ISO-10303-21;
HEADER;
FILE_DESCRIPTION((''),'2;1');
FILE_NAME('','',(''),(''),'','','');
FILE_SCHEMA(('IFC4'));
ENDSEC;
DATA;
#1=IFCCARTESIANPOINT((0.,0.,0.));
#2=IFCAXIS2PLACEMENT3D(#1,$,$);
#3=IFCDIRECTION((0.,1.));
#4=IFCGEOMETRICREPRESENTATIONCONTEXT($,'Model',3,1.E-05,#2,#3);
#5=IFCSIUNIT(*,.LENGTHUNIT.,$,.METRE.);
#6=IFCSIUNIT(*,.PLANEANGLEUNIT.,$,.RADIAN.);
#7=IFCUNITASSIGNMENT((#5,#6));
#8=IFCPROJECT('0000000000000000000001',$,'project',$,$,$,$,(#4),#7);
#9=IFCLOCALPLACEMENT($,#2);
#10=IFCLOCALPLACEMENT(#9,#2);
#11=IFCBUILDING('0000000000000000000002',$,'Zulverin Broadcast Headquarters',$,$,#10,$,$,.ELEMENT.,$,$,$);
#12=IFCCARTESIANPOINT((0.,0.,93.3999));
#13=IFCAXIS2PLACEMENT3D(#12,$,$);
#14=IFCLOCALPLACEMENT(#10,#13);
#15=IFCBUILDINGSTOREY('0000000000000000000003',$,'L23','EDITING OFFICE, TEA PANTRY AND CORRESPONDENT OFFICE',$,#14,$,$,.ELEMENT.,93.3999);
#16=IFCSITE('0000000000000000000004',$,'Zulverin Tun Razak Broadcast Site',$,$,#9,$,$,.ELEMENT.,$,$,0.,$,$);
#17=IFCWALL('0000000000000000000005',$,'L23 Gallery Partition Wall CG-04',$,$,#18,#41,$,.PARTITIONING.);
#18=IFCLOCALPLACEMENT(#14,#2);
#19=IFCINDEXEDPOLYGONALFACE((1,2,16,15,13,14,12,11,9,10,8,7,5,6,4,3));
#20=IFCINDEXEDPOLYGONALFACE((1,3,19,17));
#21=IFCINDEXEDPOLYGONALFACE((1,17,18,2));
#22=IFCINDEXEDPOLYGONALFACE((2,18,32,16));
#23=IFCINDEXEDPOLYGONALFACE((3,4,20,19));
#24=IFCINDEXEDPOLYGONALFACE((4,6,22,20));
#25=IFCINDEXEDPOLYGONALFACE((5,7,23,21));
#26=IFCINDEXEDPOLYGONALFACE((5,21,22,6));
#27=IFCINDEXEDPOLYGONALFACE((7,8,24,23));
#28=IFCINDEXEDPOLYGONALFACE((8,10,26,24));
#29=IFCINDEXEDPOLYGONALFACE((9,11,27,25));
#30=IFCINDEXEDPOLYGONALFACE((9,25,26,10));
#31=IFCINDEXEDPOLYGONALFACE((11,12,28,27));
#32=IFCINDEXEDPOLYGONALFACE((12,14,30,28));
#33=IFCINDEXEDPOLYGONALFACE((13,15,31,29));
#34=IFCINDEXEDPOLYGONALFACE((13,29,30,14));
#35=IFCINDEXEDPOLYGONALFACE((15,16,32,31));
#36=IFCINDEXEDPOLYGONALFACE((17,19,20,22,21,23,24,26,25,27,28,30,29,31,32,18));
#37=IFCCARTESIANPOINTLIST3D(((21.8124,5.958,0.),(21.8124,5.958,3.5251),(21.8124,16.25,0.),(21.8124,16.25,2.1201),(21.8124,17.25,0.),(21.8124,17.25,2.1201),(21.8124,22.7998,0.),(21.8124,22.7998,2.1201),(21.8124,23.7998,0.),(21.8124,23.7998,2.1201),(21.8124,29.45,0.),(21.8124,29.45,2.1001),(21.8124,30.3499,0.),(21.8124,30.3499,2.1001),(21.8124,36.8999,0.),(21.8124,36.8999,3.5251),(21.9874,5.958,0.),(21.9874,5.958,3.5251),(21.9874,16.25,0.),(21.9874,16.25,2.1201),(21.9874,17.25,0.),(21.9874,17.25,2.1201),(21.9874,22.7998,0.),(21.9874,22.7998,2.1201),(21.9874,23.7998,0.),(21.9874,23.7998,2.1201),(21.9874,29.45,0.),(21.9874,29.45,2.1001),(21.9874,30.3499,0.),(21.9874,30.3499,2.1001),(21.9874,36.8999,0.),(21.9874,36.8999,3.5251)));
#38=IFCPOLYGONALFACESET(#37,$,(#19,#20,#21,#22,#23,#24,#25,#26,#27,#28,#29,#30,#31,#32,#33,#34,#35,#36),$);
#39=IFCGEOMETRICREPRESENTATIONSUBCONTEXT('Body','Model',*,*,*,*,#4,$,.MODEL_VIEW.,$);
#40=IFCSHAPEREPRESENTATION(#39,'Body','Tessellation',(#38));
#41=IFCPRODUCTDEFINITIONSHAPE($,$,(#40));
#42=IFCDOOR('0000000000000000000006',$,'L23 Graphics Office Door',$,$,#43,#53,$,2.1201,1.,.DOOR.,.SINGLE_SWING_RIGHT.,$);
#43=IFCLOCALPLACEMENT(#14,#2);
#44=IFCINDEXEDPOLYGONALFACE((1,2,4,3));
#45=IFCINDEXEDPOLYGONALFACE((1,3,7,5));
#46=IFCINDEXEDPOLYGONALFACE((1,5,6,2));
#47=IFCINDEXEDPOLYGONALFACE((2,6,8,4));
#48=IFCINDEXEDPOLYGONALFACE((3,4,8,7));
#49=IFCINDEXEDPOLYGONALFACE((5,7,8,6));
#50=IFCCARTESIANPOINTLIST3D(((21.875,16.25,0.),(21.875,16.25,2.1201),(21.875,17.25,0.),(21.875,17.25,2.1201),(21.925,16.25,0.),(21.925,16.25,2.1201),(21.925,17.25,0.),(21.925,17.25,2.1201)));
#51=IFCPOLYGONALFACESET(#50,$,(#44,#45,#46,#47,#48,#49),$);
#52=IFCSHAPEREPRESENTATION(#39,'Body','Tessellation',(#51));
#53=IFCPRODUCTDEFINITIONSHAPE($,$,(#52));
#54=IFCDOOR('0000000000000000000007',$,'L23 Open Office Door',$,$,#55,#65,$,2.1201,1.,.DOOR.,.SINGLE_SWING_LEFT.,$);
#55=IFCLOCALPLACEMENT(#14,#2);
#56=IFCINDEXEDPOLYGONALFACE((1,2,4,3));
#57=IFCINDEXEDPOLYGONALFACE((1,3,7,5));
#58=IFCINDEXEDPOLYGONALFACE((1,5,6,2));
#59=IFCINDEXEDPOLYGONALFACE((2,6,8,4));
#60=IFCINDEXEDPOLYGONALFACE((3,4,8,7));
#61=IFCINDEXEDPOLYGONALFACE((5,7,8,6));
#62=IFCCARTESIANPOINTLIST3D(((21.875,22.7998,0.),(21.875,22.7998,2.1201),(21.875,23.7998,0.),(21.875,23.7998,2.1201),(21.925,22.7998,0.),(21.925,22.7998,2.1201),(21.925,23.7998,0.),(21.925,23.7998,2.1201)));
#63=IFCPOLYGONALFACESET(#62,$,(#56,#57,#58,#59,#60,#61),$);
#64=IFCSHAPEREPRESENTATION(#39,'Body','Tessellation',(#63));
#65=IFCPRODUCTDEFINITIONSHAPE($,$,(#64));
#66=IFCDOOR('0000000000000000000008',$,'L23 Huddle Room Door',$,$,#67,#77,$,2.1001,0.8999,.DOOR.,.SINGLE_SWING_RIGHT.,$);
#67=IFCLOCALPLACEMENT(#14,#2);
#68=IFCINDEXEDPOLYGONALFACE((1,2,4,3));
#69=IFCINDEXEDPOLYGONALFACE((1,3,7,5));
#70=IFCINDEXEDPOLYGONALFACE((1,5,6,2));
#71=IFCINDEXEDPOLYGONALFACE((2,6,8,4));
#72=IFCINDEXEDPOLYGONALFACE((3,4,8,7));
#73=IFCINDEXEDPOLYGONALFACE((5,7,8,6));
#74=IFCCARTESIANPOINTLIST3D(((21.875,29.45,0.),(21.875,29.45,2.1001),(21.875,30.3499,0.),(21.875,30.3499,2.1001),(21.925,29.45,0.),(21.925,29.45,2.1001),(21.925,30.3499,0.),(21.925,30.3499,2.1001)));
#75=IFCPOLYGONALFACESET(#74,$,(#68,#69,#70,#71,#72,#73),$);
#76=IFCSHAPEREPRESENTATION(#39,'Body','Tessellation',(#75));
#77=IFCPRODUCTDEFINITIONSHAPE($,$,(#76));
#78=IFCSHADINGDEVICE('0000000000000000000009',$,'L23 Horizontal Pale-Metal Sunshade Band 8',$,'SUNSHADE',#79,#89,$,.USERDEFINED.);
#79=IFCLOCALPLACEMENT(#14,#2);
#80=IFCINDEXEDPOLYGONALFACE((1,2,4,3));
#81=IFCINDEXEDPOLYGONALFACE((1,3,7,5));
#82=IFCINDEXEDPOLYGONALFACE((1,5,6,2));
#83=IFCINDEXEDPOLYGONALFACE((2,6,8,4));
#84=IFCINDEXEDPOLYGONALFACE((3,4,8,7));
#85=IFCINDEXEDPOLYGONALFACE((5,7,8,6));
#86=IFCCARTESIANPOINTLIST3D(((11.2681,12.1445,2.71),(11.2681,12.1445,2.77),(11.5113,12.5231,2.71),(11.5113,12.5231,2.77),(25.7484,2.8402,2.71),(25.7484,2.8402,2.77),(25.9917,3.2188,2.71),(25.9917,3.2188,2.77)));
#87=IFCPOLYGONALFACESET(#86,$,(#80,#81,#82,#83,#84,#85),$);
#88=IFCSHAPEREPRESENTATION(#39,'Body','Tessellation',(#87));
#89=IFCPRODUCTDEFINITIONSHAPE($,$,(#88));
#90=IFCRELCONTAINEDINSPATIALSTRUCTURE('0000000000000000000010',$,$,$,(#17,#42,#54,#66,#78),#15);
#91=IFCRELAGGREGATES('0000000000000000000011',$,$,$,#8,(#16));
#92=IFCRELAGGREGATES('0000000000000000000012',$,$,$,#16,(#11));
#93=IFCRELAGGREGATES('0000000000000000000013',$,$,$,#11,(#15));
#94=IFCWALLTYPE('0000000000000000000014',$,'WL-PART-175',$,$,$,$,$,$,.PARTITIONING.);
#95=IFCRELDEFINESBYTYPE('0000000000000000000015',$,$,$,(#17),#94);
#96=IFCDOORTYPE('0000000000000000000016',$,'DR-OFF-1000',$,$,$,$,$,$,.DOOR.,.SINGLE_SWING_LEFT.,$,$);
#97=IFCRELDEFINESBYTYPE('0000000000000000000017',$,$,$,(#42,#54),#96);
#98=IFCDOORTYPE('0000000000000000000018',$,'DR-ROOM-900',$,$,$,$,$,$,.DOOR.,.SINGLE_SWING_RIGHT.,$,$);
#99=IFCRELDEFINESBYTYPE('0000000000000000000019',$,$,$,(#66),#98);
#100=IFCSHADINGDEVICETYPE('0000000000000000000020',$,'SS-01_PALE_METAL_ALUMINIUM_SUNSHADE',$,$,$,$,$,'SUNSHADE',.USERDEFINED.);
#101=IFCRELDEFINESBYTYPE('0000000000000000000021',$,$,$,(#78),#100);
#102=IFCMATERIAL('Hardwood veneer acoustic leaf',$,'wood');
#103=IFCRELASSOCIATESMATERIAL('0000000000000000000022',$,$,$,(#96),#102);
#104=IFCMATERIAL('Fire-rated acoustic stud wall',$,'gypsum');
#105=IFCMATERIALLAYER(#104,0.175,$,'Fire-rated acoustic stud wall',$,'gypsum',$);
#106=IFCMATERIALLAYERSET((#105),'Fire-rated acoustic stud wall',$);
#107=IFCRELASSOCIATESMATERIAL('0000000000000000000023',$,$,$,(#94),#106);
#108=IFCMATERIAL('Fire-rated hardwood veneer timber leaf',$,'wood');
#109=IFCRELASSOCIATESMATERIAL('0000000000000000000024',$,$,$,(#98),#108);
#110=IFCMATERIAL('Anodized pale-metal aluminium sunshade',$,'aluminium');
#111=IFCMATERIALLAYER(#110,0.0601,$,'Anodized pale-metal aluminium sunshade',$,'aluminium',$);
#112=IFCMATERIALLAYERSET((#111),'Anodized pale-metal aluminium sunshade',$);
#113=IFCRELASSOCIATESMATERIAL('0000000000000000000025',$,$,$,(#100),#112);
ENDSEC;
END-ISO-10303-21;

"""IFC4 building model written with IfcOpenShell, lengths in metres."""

from ifc_helpers import new_model, si_unit, direction, frame, frame_2d, origin, origin_2d, place, context, subcontext, project, spatial, rectangle, extrude, material, layer, layer_set, type_object, element, fill, save


model = new_model("IFC4")

# Units and contexts
model_context = context("Model", 3, precision=1e-05, world=origin(), true_north=direction((0.0, 1.0)))
body_context = subcontext(model_context, "Body", "Model", "MODEL_VIEW")
ifc_project = project(units=[si_unit("LENGTHUNIT", "METRE"), si_unit("PLANEANGLEUNIT", "RADIAN")], contexts=[model_context])

# Site, building, storey
site_placement = place(None, origin())
site = spatial("IfcSite", under=ifc_project, at=site_placement, Name="Zulverin Tun Razak Broadcast Site", CompositionType="ELEMENT", RefElevation=0.0)
building_placement = place(site_placement, origin())
building = spatial("IfcBuilding", under=site, at=building_placement, Name="Zulverin Broadcast Headquarters", CompositionType="ELEMENT")
storey_placement = place(building_placement, frame((0.0, 0.0, 93.3999)))
storey = spatial("IfcBuildingStorey", under=building, at=storey_placement, Name="L23", Description="EDITING OFFICE, TEA PANTRY AND CORRESPONDENT OFFICE", CompositionType="ELEMENT", Elevation=93.3999)

# Shared definitions
ifc_material_1 = material(Name="Hardwood veneer acoustic leaf", Category="wood")
door_type_1 = type_object("IfcDoorType", Name="DR-OFF-1000", OperationType="SINGLE_SWING_LEFT", PredefinedType="DOOR", material=ifc_material_1)

# Wall, openings, doors
ifc_material_2 = material(Name="Fire-rated acoustic stud wall", Category="gypsum")
ifc_layer_1 = layer(ifc_material_2, 0.175, Name="Fire-rated acoustic stud wall", Category="gypsum")
ifc_layer_set_1 = layer_set([ifc_layer_1], Name="Fire-rated acoustic stud wall")
wall_type_1 = type_object("IfcWallType", Name="WL-PART-175", PredefinedType="PARTITIONING", material=ifc_layer_set_1)
wall_1_placement = place(storey_placement, frame((21.8999, 5.958, 0.0), z_axis=(0.0, 0.0, 1.0), x_axis=(0.0, 1.0, 0.0)))
wall_1 = element("IfcWall", 1, at=wall_1_placement, inside=storey, type_object=wall_type_1, Name="L23 Gallery Partition Wall CG-04", PredefinedType="PARTITIONING", context=body_context, shape_type="SweptSolid", body=[
    extrude(rectangle(XDim=30.9419, YDim=0.175, at=frame_2d((15.4709, 0.0))), origin(), (0.0, 0.0, 1.0), 3.5251),
])
opening_1_placement = place(wall_1_placement, frame((10.292, 0.0, 0.0)))
opening_1 = element("IfcOpeningElement", 2, at=opening_1_placement, cuts=wall_1, PredefinedType="OPENING", context=body_context, shape_type="SweptSolid", body=[
    extrude(rectangle(XDim=1.0, YDim=2.1201, at=frame_2d((0.5, 1.0601))), frame((0.0, 0.0974, 0.0), z_axis=(0.0, -1.0, 0.0), x_axis=(1.0, 0.0, 0.0)), (0.0, 0.0, 1.0), 0.1951),
])
opening_2_placement = place(wall_1_placement, frame((16.8418, 0.0, 0.0)))
opening_2 = element("IfcOpeningElement", 3, at=opening_2_placement, cuts=wall_1, PredefinedType="OPENING", context=body_context, shape_type="SweptSolid", body=[
    extrude(rectangle(XDim=1.0, YDim=2.1201, at=frame_2d((0.5, 1.0601))), frame((0.0, 0.0974, 0.0), z_axis=(0.0, -1.0, 0.0), x_axis=(1.0, 0.0, 0.0)), (0.0, 0.0, 1.0), 0.1951),
])
opening_3_placement = place(wall_1_placement, frame((23.4919, 0.0, 0.0)))
opening_3 = element("IfcOpeningElement", 4, at=opening_3_placement, cuts=wall_1, PredefinedType="OPENING", context=body_context, shape_type="SweptSolid", body=[
    extrude(rectangle(XDim=0.8999, YDim=2.1001, at=frame_2d((0.45, 1.05))), frame((0.0, 0.0974, 0.0), z_axis=(0.0, -1.0, 0.0), x_axis=(1.0, 0.0, 0.0)), (0.0, 0.0, 1.0), 0.1951),
])
door_1_placement = place(opening_1_placement, origin())
door_1 = element("IfcDoor", 5, at=door_1_placement, inside=storey, type_object=door_type_1, Name="L23 Graphics Office Door", OperationType="SINGLE_SWING_RIGHT", OverallHeight=2.1201, OverallWidth=1.0, PredefinedType="DOOR", context=body_context, shape_type="SweptSolid", body=[
    extrude(rectangle(XDim=1.0, YDim=2.1201, at=frame_2d((0.5, 1.0601))), frame((0.0, 0.0249, 0.0), z_axis=(0.0, -1.0, 0.0), x_axis=(1.0, 0.0, 0.0)), (0.0, 0.0, 1.0), 0.05),
])
fill(opening_1, door_1)
door_2_placement = place(opening_2_placement, origin())
door_2 = element("IfcDoor", 6, at=door_2_placement, inside=storey, type_object=door_type_1, Name="L23 Open Office Door", OperationType="SINGLE_SWING_LEFT", OverallHeight=2.1201, OverallWidth=1.0, PredefinedType="DOOR", context=body_context, shape_type="SweptSolid", body=[
    extrude(rectangle(XDim=1.0, YDim=2.1201, at=frame_2d((0.5, 1.0601))), frame((0.0, 0.0249, 0.0), z_axis=(0.0, -1.0, 0.0), x_axis=(1.0, 0.0, 0.0)), (0.0, 0.0, 1.0), 0.05),
])
fill(opening_2, door_2)
ifc_material_3 = material(Name="Fire-rated hardwood veneer timber leaf", Category="wood")
door_type_2 = type_object("IfcDoorType", Name="DR-ROOM-900", OperationType="SINGLE_SWING_RIGHT", PredefinedType="DOOR", material=ifc_material_3)
door_3_placement = place(opening_3_placement, origin())
door_3 = element("IfcDoor", 7, at=door_3_placement, inside=storey, type_object=door_type_2, Name="L23 Huddle Room Door", OperationType="SINGLE_SWING_RIGHT", OverallHeight=2.1001, OverallWidth=0.8999, PredefinedType="DOOR", context=body_context, shape_type="SweptSolid", body=[
    extrude(rectangle(XDim=0.8999, YDim=2.1001, at=frame_2d((0.45, 1.05))), frame((0.0, 0.0249, 0.0), z_axis=(0.0, -1.0, 0.0), x_axis=(1.0, 0.0, 0.0)), (0.0, 0.0, 1.0), 0.05),
])
fill(opening_3, door_3)

# Shading device
ifc_material_4 = material(Name="Anodized pale-metal aluminium sunshade", Category="aluminium")
ifc_layer_2 = layer(ifc_material_4, 0.0601, Name="Anodized pale-metal aluminium sunshade", Category="aluminium")
ifc_layer_set_2 = layer_set([ifc_layer_2], Name="Anodized pale-metal aluminium sunshade")
shading_device_type = type_object("IfcShadingDeviceType", Name="SS-01_PALE_METAL_ALUMINIUM_SUNSHADE", ElementType="SUNSHADE", PredefinedType="USERDEFINED", material=ifc_layer_set_2)
shading_device_placement = place(storey_placement, frame((18.6299, 7.6816, 2.71), z_axis=(0.0, 0.0, 1.0), x_axis=(0.841297, -0.540574, 0.0)))
element("IfcShadingDevice", 8, at=shading_device_placement, inside=storey, type_object=shading_device_type, Name="L23 Horizontal Pale-Metal Sunshade Band 8", ObjectType="SUNSHADE", PredefinedType="USERDEFINED", context=body_context, shape_type="SweptSolid", body=[
    extrude(rectangle(XDim=17.2119, YDim=0.45, at=origin_2d()), origin(), (0.0, 0.0, 1.0), 0.0601),
])

save(model, "model.ifc")
